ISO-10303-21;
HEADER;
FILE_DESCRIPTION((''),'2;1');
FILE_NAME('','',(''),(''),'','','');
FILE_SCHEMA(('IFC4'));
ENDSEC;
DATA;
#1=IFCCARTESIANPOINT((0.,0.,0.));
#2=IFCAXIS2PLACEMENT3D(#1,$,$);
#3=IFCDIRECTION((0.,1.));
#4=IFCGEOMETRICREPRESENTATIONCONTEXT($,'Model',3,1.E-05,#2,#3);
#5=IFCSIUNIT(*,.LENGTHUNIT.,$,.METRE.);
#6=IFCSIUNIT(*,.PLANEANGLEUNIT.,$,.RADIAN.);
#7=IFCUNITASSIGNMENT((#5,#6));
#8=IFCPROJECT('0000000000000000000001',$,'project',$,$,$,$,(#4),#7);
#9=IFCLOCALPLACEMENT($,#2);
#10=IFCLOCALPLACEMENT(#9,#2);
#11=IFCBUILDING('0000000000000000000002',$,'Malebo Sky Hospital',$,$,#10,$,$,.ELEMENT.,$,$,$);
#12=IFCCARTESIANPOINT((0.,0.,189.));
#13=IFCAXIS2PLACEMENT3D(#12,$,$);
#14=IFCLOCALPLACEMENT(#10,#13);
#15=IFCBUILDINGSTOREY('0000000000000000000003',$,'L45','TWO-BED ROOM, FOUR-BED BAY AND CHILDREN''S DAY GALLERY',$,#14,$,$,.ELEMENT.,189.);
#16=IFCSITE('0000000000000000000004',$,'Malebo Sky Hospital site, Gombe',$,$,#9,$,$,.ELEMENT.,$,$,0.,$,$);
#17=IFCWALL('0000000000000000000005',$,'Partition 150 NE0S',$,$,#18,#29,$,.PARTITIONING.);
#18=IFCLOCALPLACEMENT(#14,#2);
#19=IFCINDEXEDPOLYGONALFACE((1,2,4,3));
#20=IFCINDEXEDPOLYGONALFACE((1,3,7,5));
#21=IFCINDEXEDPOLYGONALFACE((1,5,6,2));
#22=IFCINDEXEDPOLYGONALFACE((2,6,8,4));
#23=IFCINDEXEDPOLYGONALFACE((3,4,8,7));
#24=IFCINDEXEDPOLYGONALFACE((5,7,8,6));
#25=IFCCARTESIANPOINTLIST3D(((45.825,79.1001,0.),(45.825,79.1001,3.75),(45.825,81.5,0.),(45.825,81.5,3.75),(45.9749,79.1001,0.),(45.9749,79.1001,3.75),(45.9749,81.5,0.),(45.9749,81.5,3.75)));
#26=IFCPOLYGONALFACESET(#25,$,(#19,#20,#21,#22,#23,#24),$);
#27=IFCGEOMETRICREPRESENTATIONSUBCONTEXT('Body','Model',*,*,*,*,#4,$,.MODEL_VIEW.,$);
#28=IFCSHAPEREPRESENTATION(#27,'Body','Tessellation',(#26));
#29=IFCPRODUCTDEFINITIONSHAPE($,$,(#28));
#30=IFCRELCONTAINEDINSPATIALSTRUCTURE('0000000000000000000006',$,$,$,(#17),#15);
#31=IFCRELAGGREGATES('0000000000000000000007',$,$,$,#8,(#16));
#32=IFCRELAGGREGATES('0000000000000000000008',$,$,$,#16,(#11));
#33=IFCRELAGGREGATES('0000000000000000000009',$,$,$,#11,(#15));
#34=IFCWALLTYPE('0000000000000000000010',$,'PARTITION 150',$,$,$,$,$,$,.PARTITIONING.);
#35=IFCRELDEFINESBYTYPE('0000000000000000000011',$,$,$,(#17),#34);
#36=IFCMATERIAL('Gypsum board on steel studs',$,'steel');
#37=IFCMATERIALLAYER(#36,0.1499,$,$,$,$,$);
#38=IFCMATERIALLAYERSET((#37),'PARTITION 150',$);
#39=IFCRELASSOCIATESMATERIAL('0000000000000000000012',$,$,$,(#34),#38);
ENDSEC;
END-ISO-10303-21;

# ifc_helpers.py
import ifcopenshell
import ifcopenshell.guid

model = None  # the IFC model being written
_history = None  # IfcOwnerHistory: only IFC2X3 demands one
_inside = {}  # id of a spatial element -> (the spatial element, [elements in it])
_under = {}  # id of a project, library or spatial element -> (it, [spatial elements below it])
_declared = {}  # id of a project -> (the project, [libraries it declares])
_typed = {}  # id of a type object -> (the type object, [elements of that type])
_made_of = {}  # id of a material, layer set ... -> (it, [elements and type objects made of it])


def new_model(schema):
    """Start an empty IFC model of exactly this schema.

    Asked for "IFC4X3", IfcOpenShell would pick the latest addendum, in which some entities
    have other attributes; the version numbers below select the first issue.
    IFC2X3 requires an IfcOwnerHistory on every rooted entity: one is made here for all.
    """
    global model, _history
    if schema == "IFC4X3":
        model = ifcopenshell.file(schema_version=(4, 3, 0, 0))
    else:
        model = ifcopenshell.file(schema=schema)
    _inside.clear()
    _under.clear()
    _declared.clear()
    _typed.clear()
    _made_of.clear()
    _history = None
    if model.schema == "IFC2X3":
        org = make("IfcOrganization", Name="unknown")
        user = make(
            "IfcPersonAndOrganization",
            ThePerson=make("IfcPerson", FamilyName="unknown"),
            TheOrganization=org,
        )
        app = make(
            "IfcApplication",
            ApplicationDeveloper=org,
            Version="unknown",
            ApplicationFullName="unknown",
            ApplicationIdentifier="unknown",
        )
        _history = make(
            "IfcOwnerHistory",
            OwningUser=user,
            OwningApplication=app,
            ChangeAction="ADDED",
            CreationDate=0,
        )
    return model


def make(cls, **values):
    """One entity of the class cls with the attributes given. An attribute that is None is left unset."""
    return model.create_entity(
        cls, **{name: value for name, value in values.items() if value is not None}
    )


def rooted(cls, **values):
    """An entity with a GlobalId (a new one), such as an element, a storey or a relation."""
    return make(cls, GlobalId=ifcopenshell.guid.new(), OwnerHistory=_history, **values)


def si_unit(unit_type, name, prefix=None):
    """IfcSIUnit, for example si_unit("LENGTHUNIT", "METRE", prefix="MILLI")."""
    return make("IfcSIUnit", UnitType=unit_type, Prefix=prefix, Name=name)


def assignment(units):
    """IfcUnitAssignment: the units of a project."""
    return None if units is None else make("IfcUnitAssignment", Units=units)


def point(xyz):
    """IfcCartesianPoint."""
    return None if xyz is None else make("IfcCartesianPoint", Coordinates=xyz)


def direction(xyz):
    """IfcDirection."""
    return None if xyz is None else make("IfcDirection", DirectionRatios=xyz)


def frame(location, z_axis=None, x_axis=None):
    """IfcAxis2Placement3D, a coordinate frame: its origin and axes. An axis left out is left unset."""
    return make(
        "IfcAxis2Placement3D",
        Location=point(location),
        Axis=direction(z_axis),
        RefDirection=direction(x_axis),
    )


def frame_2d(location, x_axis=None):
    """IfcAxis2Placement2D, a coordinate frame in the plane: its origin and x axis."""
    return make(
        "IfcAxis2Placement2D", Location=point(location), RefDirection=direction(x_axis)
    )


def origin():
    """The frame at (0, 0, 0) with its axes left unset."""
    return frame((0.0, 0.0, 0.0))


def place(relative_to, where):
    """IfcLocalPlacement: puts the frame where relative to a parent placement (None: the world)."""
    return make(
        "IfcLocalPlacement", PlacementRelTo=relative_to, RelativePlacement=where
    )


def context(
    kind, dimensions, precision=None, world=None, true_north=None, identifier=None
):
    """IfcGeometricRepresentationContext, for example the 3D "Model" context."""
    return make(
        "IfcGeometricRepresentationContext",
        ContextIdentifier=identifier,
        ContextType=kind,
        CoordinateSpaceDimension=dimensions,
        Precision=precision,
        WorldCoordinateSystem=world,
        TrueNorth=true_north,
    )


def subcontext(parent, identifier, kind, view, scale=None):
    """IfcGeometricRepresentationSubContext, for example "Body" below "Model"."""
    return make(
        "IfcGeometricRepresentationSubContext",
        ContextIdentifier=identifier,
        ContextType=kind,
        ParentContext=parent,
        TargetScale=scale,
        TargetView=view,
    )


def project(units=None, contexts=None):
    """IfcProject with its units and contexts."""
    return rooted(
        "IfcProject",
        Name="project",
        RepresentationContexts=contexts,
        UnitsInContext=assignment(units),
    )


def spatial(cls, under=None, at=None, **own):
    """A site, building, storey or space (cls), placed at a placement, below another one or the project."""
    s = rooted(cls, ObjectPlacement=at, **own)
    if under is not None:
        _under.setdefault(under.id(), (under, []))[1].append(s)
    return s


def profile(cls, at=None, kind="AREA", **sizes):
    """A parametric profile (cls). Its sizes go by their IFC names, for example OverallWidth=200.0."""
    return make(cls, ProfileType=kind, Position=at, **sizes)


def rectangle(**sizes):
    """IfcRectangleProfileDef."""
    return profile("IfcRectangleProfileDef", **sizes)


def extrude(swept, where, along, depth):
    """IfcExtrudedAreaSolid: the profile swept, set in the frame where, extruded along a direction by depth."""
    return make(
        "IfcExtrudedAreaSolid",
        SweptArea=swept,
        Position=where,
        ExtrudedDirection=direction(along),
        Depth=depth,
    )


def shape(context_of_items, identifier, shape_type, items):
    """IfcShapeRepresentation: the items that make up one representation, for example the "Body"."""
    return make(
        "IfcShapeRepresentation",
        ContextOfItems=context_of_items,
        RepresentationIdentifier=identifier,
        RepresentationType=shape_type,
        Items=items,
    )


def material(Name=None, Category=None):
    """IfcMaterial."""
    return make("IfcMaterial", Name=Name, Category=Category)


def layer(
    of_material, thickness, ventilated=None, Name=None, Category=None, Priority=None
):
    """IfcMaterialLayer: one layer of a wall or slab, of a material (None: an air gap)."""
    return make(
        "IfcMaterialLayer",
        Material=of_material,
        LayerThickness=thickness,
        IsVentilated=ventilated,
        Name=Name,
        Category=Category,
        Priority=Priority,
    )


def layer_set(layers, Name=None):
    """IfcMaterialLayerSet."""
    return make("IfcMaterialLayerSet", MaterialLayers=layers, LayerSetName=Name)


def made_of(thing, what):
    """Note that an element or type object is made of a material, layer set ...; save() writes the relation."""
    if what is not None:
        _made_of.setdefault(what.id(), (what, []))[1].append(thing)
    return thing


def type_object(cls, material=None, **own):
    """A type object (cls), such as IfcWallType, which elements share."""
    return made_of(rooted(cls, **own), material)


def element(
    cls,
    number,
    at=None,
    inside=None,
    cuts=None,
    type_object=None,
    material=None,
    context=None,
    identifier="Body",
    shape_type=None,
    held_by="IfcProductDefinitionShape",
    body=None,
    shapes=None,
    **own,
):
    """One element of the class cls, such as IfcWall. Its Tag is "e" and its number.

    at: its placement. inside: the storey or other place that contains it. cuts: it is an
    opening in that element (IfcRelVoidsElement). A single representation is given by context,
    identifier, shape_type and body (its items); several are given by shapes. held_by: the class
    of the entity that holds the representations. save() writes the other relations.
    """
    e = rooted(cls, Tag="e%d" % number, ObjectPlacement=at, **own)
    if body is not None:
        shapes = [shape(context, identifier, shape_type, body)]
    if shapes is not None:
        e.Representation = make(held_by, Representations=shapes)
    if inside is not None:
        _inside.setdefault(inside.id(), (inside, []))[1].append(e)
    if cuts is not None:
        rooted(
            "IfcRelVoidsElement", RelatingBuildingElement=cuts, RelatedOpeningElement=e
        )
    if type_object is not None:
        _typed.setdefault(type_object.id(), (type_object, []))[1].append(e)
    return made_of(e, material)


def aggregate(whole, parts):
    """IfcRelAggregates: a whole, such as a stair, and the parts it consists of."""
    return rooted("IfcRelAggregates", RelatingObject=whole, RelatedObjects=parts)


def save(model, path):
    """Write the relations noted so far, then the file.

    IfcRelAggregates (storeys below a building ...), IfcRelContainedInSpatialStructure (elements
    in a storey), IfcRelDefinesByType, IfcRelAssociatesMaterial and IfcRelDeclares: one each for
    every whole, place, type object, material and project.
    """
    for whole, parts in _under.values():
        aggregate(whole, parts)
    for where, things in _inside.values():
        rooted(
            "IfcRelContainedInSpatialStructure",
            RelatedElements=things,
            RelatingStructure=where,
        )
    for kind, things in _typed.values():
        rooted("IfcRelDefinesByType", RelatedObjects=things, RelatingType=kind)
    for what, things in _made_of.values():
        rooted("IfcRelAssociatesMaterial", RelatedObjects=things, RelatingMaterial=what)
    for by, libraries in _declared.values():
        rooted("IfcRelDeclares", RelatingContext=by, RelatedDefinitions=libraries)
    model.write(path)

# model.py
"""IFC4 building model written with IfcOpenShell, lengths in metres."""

from ifc_helpers import new_model, si_unit, direction, frame, frame_2d, origin, place, context, subcontext, project, spatial, rectangle, extrude, material, layer, layer_set, type_object, element, save


model = new_model("IFC4")

# Units and contexts
model_context = context("Model", 3, precision=1e-05, world=origin(), true_north=direction((0.0, 1.0)))
body_context = subcontext(model_context, "Body", "Model", "MODEL_VIEW")
ifc_project = project(units=[si_unit("LENGTHUNIT", "METRE"), si_unit("PLANEANGLEUNIT", "RADIAN")], contexts=[model_context])

# Site, building, storey
site_placement = place(None, origin())
site = spatial("IfcSite", under=ifc_project, at=site_placement, Name="Malebo Sky Hospital site, Gombe", CompositionType="ELEMENT", RefElevation=0.0)
building_placement = place(site_placement, origin())
building = spatial("IfcBuilding", under=site, at=building_placement, Name="Malebo Sky Hospital", CompositionType="ELEMENT")
storey_placement = place(building_placement, frame((0.0, 0.0, 189.0)))
storey = spatial("IfcBuildingStorey", under=building, at=storey_placement, Name="L45", Description="TWO-BED ROOM, FOUR-BED BAY AND CHILDREN'S DAY GALLERY", CompositionType="ELEMENT", Elevation=189.0)

# Shared definitions
ifc_material_1 = material(Name="Gypsum board on steel studs", Category="steel")

# Shared definitions
ifc_layer_1 = layer(ifc_material_1, 0.1499)
ifc_layer_set_1 = layer_set([ifc_layer_1], Name="PARTITION 150")
wall_type_1 = type_object("IfcWallType", Name="PARTITION 150", PredefinedType="PARTITIONING", material=ifc_layer_set_1)

# Wall
wall_1_placement = place(storey_placement, frame((45.8999, 79.1001, 0.0), z_axis=(0.0, 0.0, 1.0), x_axis=(0.0, 1.0, 0.0)))
element("IfcWall", 1, at=wall_1_placement, inside=storey, type_object=wall_type_1, Name="Partition 150 NE0S", PredefinedType="PARTITIONING", context=body_context, shape_type="SweptSolid", body=[
    extrude(rectangle(XDim=2.3999, YDim=0.1499, at=frame_2d((1.2, 0.0))), origin(), (0.0, 0.0, 1.0), 3.75),
])

save(model, "model.ifc")
